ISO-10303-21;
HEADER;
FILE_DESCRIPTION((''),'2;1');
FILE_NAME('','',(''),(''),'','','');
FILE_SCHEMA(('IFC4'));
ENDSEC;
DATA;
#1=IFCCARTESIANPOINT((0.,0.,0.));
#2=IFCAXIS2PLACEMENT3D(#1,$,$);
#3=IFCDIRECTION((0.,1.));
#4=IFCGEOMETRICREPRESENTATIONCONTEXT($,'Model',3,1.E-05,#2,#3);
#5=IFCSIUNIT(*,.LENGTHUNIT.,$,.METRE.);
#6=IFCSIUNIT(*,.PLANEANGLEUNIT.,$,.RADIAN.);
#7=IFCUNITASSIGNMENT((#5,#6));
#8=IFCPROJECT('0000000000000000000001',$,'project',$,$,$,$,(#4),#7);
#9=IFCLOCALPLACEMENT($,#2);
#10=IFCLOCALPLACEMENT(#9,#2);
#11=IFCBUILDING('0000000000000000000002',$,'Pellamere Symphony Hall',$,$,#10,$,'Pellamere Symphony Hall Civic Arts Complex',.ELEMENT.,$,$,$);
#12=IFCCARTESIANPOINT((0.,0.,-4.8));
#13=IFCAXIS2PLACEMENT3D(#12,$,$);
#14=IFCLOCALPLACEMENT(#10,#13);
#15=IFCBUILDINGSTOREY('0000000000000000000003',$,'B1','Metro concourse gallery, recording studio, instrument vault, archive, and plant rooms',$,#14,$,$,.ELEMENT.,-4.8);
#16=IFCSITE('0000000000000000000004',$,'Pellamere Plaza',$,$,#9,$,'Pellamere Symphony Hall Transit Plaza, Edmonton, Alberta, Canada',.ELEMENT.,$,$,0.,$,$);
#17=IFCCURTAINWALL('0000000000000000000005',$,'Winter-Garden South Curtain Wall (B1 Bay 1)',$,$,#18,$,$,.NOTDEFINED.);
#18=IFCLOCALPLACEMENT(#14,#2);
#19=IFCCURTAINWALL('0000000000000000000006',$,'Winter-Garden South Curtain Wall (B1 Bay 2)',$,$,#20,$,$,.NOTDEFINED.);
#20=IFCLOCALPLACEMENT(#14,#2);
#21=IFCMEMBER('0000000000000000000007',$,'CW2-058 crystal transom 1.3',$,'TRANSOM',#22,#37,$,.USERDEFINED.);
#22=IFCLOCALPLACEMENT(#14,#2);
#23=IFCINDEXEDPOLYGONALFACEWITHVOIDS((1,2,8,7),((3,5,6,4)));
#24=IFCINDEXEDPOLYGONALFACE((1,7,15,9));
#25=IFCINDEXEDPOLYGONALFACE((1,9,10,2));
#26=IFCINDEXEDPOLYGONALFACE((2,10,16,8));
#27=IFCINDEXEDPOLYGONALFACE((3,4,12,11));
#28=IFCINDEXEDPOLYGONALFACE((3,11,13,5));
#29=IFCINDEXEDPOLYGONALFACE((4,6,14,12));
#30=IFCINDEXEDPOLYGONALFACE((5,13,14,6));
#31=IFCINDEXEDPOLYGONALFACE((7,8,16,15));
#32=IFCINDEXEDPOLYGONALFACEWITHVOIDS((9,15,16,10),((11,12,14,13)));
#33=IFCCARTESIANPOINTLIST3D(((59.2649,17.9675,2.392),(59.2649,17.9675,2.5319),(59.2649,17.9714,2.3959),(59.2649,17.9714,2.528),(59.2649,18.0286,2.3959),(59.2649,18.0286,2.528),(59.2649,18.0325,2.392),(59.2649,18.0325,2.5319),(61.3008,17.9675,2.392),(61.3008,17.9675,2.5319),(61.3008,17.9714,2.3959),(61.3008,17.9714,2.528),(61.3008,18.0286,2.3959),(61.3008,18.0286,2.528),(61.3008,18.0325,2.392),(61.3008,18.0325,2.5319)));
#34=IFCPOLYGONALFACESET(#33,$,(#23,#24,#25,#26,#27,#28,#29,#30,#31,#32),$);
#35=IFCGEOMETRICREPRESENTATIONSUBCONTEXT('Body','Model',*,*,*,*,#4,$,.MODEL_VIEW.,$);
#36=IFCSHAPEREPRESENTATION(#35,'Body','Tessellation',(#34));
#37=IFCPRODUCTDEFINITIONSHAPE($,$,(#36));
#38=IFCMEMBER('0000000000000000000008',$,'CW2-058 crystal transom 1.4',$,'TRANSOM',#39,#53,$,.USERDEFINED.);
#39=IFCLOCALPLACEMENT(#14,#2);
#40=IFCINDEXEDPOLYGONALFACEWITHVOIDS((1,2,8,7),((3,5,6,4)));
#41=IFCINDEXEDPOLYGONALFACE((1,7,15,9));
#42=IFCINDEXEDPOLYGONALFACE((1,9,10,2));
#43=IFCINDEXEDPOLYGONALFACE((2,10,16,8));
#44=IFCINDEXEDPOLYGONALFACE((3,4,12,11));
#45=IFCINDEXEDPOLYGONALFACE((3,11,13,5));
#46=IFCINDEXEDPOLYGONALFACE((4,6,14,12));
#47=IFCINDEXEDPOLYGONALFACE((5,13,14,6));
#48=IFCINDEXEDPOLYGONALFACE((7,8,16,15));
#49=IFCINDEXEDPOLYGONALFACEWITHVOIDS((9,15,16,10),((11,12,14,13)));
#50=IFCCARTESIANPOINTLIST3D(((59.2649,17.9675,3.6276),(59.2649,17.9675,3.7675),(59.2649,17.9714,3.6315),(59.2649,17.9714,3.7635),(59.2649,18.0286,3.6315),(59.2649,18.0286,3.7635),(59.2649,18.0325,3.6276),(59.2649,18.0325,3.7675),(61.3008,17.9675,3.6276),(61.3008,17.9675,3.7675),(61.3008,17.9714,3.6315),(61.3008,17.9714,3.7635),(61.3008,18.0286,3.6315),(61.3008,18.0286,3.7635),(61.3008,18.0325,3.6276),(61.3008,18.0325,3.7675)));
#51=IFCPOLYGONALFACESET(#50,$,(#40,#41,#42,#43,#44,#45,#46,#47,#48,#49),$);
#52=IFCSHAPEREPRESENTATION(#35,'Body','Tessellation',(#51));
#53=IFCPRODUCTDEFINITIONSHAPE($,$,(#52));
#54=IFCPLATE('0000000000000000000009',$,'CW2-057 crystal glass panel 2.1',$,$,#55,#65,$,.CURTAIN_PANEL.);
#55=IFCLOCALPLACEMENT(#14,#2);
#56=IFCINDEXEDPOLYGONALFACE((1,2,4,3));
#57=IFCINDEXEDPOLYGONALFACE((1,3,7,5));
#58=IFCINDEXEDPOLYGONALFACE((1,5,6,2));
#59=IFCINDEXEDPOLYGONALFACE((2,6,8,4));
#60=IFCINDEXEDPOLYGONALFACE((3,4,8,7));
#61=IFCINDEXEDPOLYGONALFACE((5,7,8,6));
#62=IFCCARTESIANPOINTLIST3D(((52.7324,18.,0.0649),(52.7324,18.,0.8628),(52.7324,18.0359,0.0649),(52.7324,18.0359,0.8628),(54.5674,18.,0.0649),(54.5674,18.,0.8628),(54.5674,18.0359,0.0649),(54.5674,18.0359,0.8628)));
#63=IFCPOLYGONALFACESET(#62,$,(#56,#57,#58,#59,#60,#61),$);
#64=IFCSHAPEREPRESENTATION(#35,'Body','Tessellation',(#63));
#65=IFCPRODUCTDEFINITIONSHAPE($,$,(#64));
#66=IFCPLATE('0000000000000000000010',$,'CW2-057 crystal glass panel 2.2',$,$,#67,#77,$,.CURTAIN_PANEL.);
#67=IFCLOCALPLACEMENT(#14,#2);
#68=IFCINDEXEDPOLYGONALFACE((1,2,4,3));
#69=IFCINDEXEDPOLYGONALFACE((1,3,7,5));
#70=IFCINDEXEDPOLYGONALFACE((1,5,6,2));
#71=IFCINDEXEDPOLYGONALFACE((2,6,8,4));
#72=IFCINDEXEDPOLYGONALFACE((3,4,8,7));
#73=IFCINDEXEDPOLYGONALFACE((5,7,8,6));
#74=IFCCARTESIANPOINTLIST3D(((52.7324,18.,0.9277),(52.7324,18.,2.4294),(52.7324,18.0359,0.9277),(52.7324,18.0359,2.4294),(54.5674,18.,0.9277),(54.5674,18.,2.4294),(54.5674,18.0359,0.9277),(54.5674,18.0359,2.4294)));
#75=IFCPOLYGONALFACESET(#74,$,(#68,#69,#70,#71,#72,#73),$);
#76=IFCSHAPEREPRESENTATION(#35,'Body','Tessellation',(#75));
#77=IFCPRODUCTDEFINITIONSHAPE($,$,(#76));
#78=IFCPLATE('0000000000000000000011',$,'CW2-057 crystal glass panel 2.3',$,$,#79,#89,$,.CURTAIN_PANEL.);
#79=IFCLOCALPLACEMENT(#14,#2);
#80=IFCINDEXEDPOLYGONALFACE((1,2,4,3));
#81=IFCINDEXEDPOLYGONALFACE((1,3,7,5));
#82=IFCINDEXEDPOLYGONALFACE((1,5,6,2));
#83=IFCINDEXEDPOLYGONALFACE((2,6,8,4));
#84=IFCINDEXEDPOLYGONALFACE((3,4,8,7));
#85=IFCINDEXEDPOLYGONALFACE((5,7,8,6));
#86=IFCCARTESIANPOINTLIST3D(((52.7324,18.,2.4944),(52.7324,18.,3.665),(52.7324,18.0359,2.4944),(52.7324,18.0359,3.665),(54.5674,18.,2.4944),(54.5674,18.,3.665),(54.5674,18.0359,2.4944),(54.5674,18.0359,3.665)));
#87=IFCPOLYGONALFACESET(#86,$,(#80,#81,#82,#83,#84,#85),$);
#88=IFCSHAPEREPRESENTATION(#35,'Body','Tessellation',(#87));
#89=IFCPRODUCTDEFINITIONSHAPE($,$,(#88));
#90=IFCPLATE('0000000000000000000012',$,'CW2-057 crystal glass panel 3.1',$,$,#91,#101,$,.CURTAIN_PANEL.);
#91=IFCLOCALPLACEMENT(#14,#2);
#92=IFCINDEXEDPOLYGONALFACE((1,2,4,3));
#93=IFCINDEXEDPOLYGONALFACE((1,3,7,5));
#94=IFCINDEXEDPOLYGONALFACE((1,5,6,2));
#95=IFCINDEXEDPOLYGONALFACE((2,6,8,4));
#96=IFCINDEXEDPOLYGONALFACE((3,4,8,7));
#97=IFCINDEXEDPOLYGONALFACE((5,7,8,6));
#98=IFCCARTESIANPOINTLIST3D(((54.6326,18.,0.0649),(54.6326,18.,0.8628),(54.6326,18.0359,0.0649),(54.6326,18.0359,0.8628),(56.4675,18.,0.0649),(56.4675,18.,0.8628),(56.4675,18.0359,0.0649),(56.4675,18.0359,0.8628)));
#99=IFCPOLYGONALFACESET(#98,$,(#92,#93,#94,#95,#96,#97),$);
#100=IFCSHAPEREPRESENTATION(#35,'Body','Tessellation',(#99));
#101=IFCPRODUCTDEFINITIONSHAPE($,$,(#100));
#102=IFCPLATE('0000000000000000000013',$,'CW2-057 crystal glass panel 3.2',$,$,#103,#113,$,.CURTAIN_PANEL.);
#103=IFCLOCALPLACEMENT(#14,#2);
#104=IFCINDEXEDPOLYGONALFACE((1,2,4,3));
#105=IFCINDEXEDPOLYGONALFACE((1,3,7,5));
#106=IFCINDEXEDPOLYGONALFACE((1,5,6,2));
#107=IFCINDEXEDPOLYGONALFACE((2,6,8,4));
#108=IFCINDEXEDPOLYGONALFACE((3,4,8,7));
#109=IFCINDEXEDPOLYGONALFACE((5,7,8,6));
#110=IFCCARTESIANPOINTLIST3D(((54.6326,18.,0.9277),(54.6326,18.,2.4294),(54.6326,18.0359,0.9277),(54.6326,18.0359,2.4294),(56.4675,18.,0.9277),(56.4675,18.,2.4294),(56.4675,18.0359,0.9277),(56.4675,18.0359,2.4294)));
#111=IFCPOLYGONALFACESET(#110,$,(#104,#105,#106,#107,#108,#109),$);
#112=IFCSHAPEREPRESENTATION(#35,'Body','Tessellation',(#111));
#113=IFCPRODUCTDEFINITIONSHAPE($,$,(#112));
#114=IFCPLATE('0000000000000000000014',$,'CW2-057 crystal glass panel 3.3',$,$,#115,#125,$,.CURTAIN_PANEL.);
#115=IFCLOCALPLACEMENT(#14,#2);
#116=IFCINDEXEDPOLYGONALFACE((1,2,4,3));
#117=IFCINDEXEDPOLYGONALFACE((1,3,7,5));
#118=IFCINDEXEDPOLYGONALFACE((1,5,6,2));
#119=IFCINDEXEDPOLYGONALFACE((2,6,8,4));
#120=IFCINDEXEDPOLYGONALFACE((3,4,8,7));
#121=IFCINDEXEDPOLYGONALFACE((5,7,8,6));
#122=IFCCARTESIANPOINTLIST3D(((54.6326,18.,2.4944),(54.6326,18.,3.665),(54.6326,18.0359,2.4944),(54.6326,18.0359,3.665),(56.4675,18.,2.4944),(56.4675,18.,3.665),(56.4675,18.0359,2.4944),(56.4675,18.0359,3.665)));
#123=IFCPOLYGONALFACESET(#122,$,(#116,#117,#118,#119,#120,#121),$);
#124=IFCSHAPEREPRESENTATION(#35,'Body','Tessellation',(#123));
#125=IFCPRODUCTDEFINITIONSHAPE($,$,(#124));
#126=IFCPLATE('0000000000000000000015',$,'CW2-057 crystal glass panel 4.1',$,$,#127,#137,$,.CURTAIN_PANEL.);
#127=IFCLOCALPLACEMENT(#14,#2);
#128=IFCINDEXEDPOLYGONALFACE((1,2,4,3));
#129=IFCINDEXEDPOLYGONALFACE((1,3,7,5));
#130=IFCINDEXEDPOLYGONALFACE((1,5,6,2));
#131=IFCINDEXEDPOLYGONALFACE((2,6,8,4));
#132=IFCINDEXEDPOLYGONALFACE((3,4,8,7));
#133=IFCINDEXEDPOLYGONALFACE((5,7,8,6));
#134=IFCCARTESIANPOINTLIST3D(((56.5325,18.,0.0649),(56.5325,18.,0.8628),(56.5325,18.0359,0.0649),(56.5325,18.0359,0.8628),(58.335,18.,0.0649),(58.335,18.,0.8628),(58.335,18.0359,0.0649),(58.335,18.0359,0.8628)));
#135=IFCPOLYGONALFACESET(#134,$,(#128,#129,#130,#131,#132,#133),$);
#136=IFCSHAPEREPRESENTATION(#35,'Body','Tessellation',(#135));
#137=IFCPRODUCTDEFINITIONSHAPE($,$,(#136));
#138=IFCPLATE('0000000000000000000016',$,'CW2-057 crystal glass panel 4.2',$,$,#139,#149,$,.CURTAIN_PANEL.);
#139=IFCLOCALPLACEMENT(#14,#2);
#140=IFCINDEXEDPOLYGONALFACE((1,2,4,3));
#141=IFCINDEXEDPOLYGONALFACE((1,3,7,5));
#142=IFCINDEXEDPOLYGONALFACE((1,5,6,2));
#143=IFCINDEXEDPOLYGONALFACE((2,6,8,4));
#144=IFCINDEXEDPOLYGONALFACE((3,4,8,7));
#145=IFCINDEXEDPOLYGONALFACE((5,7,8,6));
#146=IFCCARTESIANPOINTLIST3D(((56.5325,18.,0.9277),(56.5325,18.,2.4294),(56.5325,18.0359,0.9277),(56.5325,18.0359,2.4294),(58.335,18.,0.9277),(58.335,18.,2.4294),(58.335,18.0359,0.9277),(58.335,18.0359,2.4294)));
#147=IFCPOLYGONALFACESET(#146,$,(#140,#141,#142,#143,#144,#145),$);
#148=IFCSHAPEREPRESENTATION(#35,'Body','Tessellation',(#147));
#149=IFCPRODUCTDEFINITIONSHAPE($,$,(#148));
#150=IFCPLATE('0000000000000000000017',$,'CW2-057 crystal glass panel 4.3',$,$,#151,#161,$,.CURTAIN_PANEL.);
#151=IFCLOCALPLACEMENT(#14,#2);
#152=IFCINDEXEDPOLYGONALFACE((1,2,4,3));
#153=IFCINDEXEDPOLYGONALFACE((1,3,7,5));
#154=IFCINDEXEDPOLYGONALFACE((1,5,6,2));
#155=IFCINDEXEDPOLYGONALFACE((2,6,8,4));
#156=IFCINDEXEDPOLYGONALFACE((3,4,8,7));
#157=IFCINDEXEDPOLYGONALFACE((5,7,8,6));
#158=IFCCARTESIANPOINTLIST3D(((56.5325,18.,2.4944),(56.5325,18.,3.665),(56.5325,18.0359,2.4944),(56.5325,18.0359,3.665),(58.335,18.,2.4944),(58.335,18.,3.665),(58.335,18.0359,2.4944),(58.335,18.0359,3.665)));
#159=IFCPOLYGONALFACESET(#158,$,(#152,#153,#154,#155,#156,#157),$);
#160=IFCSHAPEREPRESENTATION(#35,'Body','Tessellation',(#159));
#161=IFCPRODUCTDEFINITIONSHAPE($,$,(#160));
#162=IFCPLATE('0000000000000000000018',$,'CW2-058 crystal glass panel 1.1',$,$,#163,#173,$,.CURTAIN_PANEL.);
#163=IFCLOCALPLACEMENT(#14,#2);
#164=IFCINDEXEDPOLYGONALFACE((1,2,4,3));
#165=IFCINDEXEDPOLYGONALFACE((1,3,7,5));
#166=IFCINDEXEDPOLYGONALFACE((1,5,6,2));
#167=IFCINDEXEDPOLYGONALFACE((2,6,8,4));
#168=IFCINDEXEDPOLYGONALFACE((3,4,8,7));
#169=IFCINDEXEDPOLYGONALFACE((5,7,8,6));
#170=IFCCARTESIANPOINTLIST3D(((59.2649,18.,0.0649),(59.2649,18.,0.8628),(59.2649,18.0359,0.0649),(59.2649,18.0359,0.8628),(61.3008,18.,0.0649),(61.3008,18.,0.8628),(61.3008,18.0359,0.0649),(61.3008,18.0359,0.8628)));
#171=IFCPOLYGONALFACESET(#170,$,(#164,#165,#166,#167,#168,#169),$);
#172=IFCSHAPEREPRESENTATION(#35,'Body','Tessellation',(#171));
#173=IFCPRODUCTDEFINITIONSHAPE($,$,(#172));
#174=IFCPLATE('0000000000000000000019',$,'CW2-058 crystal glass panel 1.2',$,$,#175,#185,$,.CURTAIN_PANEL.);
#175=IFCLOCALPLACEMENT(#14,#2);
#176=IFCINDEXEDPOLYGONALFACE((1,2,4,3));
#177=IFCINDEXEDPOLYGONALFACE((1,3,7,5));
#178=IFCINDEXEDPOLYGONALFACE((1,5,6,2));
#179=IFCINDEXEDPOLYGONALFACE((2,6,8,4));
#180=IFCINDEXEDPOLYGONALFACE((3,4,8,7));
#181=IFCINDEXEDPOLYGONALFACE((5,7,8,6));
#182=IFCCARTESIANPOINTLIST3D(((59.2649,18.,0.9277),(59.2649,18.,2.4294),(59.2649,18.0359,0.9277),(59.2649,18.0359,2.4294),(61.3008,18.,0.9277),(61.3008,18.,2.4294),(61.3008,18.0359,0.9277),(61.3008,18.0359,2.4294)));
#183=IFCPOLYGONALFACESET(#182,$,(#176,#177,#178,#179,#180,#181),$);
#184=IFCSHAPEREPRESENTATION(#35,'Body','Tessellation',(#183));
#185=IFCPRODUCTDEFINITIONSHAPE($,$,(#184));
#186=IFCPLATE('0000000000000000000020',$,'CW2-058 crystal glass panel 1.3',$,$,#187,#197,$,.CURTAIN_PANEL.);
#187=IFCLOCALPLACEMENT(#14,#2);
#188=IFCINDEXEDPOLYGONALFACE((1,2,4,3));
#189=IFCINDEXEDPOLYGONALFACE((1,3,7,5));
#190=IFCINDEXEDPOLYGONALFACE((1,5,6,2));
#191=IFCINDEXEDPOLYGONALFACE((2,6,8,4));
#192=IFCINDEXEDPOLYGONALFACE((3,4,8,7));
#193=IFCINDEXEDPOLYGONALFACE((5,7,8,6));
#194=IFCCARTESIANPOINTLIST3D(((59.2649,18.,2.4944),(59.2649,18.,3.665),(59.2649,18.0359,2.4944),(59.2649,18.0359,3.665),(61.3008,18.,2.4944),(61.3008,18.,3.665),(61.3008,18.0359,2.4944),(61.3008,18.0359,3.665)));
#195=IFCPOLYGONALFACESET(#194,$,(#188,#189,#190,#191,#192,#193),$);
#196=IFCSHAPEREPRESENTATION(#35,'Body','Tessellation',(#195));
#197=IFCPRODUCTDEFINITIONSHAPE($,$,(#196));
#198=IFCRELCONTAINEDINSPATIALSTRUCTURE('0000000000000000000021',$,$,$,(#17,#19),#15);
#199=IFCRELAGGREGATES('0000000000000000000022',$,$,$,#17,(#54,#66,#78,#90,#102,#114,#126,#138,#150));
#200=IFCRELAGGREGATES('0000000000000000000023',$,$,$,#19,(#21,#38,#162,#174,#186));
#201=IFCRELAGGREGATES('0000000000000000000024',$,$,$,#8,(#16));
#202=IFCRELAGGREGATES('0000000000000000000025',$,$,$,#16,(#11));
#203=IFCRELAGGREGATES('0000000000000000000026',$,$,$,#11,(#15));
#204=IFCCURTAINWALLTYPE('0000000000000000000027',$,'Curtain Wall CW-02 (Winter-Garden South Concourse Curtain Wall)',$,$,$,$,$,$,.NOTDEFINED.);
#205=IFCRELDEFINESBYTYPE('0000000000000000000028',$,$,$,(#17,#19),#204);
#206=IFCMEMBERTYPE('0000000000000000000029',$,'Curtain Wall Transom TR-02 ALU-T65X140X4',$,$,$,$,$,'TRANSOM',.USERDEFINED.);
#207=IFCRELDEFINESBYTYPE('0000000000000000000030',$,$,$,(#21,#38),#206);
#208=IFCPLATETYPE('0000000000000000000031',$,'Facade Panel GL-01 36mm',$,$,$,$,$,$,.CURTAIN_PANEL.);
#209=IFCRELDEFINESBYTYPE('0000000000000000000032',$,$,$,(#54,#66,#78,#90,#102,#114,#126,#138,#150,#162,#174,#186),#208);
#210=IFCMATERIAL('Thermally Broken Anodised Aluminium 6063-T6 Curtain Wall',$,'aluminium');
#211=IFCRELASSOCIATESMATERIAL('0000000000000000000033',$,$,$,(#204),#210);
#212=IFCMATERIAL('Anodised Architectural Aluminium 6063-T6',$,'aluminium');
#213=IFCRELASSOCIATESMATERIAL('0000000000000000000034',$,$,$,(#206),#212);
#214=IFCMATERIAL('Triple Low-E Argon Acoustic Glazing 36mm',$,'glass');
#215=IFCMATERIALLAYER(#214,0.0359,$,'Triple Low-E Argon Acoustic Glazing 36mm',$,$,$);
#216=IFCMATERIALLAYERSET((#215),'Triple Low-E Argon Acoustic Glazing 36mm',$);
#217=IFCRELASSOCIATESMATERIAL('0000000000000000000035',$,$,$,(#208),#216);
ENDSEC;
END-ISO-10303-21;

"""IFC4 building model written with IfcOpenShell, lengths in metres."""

from ifc_helpers import new_model, si_unit, direction, frame, origin, origin_2d, place, context, subcontext, project, spatial, polyline, hollow_rectangle, outline, extrude, material, layer, layer_set, material_profile, profile_set, type_object, element, aggregate, save


model = new_model("IFC4")

# Units and contexts
model_context = context("Model", 3, precision=1e-05, world=origin(), true_north=direction((0.0, 1.0)))
body_context = subcontext(model_context, "Body", "Model", "MODEL_VIEW")
ifc_project = project(units=[si_unit("LENGTHUNIT", "METRE"), si_unit("PLANEANGLEUNIT", "RADIAN")], contexts=[model_context])

# Site, building, storey
site_placement = place(None, origin())
site = spatial("IfcSite", under=ifc_project, at=site_placement, Name="Pellamere Plaza", LongName="Pellamere Symphony Hall Transit Plaza, Edmonton, Alberta, Canada", CompositionType="ELEMENT", RefElevation=0.0)
building_placement = place(site_placement, origin())
building = spatial("IfcBuilding", under=site, at=building_placement, Name="Pellamere Symphony Hall", LongName="Pellamere Symphony Hall Civic Arts Complex", CompositionType="ELEMENT")
storey_placement = place(building_placement, frame((0.0, 0.0, -4.8)))
storey = spatial("IfcBuildingStorey", under=building, at=storey_placement, Name="B1", Description="Metro concourse gallery, recording studio, instrument vault, archive, and plant rooms", CompositionType="ELEMENT", Elevation=-4.8)

# Curtain wall
ifc_material_1 = material(Name="Thermally Broken Anodised Aluminium 6063-T6 Curtain Wall", Category="aluminium")
curtain_wall_type = type_object("IfcCurtainWallType", Name="Curtain Wall CW-02 (Winter-Garden South Concourse Curtain Wall)", PredefinedType="NOTDEFINED", material=ifc_material_1)
curtain_wall_1_placement = place(storey_placement, origin())
curtain_wall_1 = element("IfcCurtainWall", 1, at=curtain_wall_1_placement, inside=storey, type_object=curtain_wall_type, Name="Winter-Garden South Curtain Wall (B1 Bay 1)", PredefinedType="NOTDEFINED")
ifc_material_2 = material(Name="Anodised Architectural Aluminium 6063-T6", Category="aluminium")

# Curtain wall
curtain_wall_2_placement = place(storey_placement, origin())
curtain_wall_2 = element("IfcCurtainWall", 2, at=curtain_wall_2_placement, inside=storey, type_object=curtain_wall_type, Name="Winter-Garden South Curtain Wall (B1 Bay 2)", PredefinedType="NOTDEFINED")

# Members
ifc_material_profile_1 = material_profile(ifc_material_2, hollow_rectangle(XDim=0.0649, YDim=0.1399, WallThickness=0.0039, at=origin_2d()), Name="ALU-T65X140X4")
ifc_profile_set_1 = profile_set([ifc_material_profile_1], Name="Anodised Architectural Aluminium 6063-T6")
member_type_1 = type_object("IfcMemberType", Name="Curtain Wall Transom TR-02 ALU-T65X140X4", ElementType="TRANSOM", PredefinedType="USERDEFINED", material=ifc_profile_set_1)
member_1_placement = place(storey_placement, frame((59.2649, 18.0, 2.4619), z_axis=(1.0, 0.0, 0.0), x_axis=(0.0, 1.0, 0.0)))
member_1 = element("IfcMember", 3, at=member_1_placement, type_object=member_type_1, Name="CW2-058 crystal transom 1.3", ObjectType="TRANSOM", PredefinedType="USERDEFINED", context=body_context, shape_type="SweptSolid", body=[
    extrude(hollow_rectangle(XDim=0.0649, YDim=0.1399, WallThickness=0.0039, at=origin_2d()), origin(), (0.0, 0.0, 1.0), 2.0359),
])
member_2_placement = place(storey_placement, frame((59.2649, 18.0, 3.6975), z_axis=(1.0, 0.0, 0.0), x_axis=(0.0, 1.0, 0.0)))
member_2 = element("IfcMember", 4, at=member_2_placement, type_object=member_type_1, Name="CW2-058 crystal transom 1.4", ObjectType="TRANSOM", PredefinedType="USERDEFINED", context=body_context, shape_type="SweptSolid", body=[
    extrude(hollow_rectangle(XDim=0.0649, YDim=0.1399, WallThickness=0.0039, at=origin_2d()), origin(), (0.0, 0.0, 1.0), 2.0359),
])

# Plates
ifc_material_3 = material(Name="Triple Low-E Argon Acoustic Glazing 36mm", Category="glass")
ifc_layer = layer(ifc_material_3, 0.0359, Name="Triple Low-E Argon Acoustic Glazing 36mm")
ifc_layer_set = layer_set([ifc_layer], Name="Triple Low-E Argon Acoustic Glazing 36mm")
plate_type = type_object("IfcPlateType", Name="Facade Panel GL-01 36mm", PredefinedType="CURTAIN_PANEL", material=ifc_layer_set)
plate_1_placement = place(storey_placement, frame((52.7324, 18.0, 0.0649), z_axis=(0.0, -1.0, 0.0), x_axis=(1.0, 0.0, 0.0)))
plate_1 = element("IfcPlate", 5, at=plate_1_placement, type_object=plate_type, Name="CW2-057 crystal glass panel 2.1", PredefinedType="CURTAIN_PANEL", context=body_context, shape_type="SweptSolid", body=[
    extrude(outline(polyline([(0.0, 0.0), (1.835, 0.0), (1.835, 0.7979), (0.0, 0.7979), (0.0, 0.0)])), origin(), (0.0, 0.0, -1.0), 0.0359),
])
plate_2_placement = place(storey_placement, frame((52.7324, 18.0, 0.9277), z_axis=(0.0, -1.0, 0.0), x_axis=(1.0, 0.0, 0.0)))
plate_2 = element("IfcPlate", 6, at=plate_2_placement, type_object=plate_type, Name="CW2-057 crystal glass panel 2.2", PredefinedType="CURTAIN_PANEL", context=body_context, shape_type="SweptSolid", body=[
    extrude(outline(polyline([(0.0, 0.0), (1.835, 0.0), (1.835, 1.5017), (0.0, 1.5017), (0.0, 0.0)])), origin(), (0.0, 0.0, -1.0), 0.0359),
])
plate_3_placement = place(storey_placement, frame((52.7324, 18.0, 2.4944), z_axis=(0.0, -1.0, 0.0), x_axis=(1.0, 0.0, 0.0)))
plate_3 = element("IfcPlate", 7, at=plate_3_placement, type_object=plate_type, Name="CW2-057 crystal glass panel 2.3", PredefinedType="CURTAIN_PANEL", context=body_context, shape_type="SweptSolid", body=[
    extrude(outline(polyline([(0.0, 0.0), (1.835, 0.0), (1.835, 1.1707), (0.0, 1.1707), (0.0, 0.0)])), origin(), (0.0, 0.0, -1.0), 0.0359),
])
plate_4_placement = place(storey_placement, frame((54.6326, 18.0, 0.0649), z_axis=(0.0, -1.0, 0.0), x_axis=(1.0, 0.0, 0.0)))
plate_4 = element("IfcPlate", 8, at=plate_4_placement, type_object=plate_type, Name="CW2-057 crystal glass panel 3.1", PredefinedType="CURTAIN_PANEL", context=body_context, shape_type="SweptSolid", body=[
    extrude(outline(polyline([(0.0, 0.0), (1.835, 0.0), (1.835, 0.7979), (0.0, 0.7979), (0.0, 0.0)])), origin(), (0.0, 0.0, -1.0), 0.0359),
])
plate_5_placement = place(storey_placement, frame((54.6326, 18.0, 0.9277), z_axis=(0.0, -1.0, 0.0), x_axis=(1.0, 0.0, 0.0)))
plate_5 = element("IfcPlate", 9, at=plate_5_placement, type_object=plate_type, Name="CW2-057 crystal glass panel 3.2", PredefinedType="CURTAIN_PANEL", context=body_context, shape_type="SweptSolid", body=[
    extrude(outline(polyline([(0.0, 0.0), (1.835, 0.0), (1.835, 1.5017), (0.0, 1.5017), (0.0, 0.0)])), origin(), (0.0, 0.0, -1.0), 0.0359),
])
plate_6_placement = place(storey_placement, frame((54.6326, 18.0, 2.4944), z_axis=(0.0, -1.0, 0.0), x_axis=(1.0, 0.0, 0.0)))
plate_6 = element("IfcPlate", 10, at=plate_6_placement, type_object=plate_type, Name="CW2-057 crystal glass panel 3.3", PredefinedType="CURTAIN_PANEL", context=body_context, shape_type="SweptSolid", body=[
    extrude(outline(polyline([(0.0, 0.0), (1.835, 0.0), (1.835, 1.1707), (0.0, 1.1707), (0.0, 0.0)])), origin(), (0.0, 0.0, -1.0), 0.0359),
])
plate_7_placement = place(storey_placement, frame((56.5325, 18.0, 0.0649), z_axis=(0.0, -1.0, 0.0), x_axis=(1.0, 0.0, 0.0)))
plate_7 = element("IfcPlate", 11, at=plate_7_placement, type_object=plate_type, Name="CW2-057 crystal glass panel 4.1", PredefinedType="CURTAIN_PANEL", context=body_context, shape_type="SweptSolid", body=[
    extrude(outline(polyline([(0.0, 0.0), (1.8025, 0.0), (1.8025, 0.7979), (0.0, 0.7979), (0.0, 0.0)])), origin(), (0.0, 0.0, -1.0), 0.0359),
])
plate_8_placement = place(storey_placement, frame((56.5325, 18.0, 0.9277), z_axis=(0.0, -1.0, 0.0), x_axis=(1.0, 0.0, 0.0)))
plate_8 = element("IfcPlate", 12, at=plate_8_placement, type_object=plate_type, Name="CW2-057 crystal glass panel 4.2", PredefinedType="CURTAIN_PANEL", context=body_context, shape_type="SweptSolid", body=[
    extrude(outline(polyline([(0.0, 0.0), (1.8025, 0.0), (1.8025, 1.5017), (0.0, 1.5017), (0.0, 0.0)])), origin(), (0.0, 0.0, -1.0), 0.0359),
])
plate_9_placement = place(storey_placement, frame((56.5325, 18.0, 2.4944), z_axis=(0.0, -1.0, 0.0), x_axis=(1.0, 0.0, 0.0)))
plate_9 = element("IfcPlate", 13, at=plate_9_placement, type_object=plate_type, Name="CW2-057 crystal glass panel 4.3", PredefinedType="CURTAIN_PANEL", context=body_context, shape_type="SweptSolid", body=[
    extrude(outline(polyline([(0.0, 0.0), (1.8025, 0.0), (1.8025, 1.1707), (0.0, 1.1707), (0.0, 0.0)])), origin(), (0.0, 0.0, -1.0), 0.0359),
])
aggregate(curtain_wall_1, [plate_1, plate_2, plate_3, plate_4, plate_5, plate_6, plate_7, plate_8, plate_9])
plate_10_placement = place(storey_placement, frame((59.2649, 18.0, 0.0649), z_axis=(0.0, -1.0, 0.0), x_axis=(1.0, 0.0, 0.0)))
plate_10 = element("IfcPlate", 14, at=plate_10_placement, type_object=plate_type, Name="CW2-058 crystal glass panel 1.1", PredefinedType="CURTAIN_PANEL", context=body_context, shape_type="SweptSolid", body=[
    extrude(outline(polyline([(0.0, 0.0), (2.0359, 0.0), (2.0359, 0.7979), (0.0, 0.7979), (0.0, 0.0)])), origin(), (0.0, 0.0, -1.0), 0.0359),
])
plate_11_placement = place(storey_placement, frame((59.2649, 18.0, 0.9277), z_axis=(0.0, -1.0, 0.0), x_axis=(1.0, 0.0, 0.0)))
plate_11 = element("IfcPlate", 15, at=plate_11_placement, type_object=plate_type, Name="CW2-058 crystal glass panel 1.2", PredefinedType="CURTAIN_PANEL", context=body_context, shape_type="SweptSolid", body=[
    extrude(outline(polyline([(0.0, 0.0), (2.0359, 0.0), (2.0359, 1.5017), (0.0, 1.5017), (0.0, 0.0)])), origin(), (0.0, 0.0, -1.0), 0.0359),
])
plate_12_placement = place(storey_placement, frame((59.2649, 18.0, 2.4944), z_axis=(0.0, -1.0, 0.0), x_axis=(1.0, 0.0, 0.0)))
plate_12 = element("IfcPlate", 16, at=plate_12_placement, type_object=plate_type, Name="CW2-058 crystal glass panel 1.3", PredefinedType="CURTAIN_PANEL", context=body_context, shape_type="SweptSolid", body=[
    extrude(outline(polyline([(0.0, 0.0), (2.0359, 0.0), (2.0359, 1.1707), (0.0, 1.1707), (0.0, 0.0)])), origin(), (0.0, 0.0, -1.0), 0.0359),
])
aggregate(curtain_wall_2, [member_1, member_2, plate_10, plate_11, plate_12])

save(model, "model.ifc")
